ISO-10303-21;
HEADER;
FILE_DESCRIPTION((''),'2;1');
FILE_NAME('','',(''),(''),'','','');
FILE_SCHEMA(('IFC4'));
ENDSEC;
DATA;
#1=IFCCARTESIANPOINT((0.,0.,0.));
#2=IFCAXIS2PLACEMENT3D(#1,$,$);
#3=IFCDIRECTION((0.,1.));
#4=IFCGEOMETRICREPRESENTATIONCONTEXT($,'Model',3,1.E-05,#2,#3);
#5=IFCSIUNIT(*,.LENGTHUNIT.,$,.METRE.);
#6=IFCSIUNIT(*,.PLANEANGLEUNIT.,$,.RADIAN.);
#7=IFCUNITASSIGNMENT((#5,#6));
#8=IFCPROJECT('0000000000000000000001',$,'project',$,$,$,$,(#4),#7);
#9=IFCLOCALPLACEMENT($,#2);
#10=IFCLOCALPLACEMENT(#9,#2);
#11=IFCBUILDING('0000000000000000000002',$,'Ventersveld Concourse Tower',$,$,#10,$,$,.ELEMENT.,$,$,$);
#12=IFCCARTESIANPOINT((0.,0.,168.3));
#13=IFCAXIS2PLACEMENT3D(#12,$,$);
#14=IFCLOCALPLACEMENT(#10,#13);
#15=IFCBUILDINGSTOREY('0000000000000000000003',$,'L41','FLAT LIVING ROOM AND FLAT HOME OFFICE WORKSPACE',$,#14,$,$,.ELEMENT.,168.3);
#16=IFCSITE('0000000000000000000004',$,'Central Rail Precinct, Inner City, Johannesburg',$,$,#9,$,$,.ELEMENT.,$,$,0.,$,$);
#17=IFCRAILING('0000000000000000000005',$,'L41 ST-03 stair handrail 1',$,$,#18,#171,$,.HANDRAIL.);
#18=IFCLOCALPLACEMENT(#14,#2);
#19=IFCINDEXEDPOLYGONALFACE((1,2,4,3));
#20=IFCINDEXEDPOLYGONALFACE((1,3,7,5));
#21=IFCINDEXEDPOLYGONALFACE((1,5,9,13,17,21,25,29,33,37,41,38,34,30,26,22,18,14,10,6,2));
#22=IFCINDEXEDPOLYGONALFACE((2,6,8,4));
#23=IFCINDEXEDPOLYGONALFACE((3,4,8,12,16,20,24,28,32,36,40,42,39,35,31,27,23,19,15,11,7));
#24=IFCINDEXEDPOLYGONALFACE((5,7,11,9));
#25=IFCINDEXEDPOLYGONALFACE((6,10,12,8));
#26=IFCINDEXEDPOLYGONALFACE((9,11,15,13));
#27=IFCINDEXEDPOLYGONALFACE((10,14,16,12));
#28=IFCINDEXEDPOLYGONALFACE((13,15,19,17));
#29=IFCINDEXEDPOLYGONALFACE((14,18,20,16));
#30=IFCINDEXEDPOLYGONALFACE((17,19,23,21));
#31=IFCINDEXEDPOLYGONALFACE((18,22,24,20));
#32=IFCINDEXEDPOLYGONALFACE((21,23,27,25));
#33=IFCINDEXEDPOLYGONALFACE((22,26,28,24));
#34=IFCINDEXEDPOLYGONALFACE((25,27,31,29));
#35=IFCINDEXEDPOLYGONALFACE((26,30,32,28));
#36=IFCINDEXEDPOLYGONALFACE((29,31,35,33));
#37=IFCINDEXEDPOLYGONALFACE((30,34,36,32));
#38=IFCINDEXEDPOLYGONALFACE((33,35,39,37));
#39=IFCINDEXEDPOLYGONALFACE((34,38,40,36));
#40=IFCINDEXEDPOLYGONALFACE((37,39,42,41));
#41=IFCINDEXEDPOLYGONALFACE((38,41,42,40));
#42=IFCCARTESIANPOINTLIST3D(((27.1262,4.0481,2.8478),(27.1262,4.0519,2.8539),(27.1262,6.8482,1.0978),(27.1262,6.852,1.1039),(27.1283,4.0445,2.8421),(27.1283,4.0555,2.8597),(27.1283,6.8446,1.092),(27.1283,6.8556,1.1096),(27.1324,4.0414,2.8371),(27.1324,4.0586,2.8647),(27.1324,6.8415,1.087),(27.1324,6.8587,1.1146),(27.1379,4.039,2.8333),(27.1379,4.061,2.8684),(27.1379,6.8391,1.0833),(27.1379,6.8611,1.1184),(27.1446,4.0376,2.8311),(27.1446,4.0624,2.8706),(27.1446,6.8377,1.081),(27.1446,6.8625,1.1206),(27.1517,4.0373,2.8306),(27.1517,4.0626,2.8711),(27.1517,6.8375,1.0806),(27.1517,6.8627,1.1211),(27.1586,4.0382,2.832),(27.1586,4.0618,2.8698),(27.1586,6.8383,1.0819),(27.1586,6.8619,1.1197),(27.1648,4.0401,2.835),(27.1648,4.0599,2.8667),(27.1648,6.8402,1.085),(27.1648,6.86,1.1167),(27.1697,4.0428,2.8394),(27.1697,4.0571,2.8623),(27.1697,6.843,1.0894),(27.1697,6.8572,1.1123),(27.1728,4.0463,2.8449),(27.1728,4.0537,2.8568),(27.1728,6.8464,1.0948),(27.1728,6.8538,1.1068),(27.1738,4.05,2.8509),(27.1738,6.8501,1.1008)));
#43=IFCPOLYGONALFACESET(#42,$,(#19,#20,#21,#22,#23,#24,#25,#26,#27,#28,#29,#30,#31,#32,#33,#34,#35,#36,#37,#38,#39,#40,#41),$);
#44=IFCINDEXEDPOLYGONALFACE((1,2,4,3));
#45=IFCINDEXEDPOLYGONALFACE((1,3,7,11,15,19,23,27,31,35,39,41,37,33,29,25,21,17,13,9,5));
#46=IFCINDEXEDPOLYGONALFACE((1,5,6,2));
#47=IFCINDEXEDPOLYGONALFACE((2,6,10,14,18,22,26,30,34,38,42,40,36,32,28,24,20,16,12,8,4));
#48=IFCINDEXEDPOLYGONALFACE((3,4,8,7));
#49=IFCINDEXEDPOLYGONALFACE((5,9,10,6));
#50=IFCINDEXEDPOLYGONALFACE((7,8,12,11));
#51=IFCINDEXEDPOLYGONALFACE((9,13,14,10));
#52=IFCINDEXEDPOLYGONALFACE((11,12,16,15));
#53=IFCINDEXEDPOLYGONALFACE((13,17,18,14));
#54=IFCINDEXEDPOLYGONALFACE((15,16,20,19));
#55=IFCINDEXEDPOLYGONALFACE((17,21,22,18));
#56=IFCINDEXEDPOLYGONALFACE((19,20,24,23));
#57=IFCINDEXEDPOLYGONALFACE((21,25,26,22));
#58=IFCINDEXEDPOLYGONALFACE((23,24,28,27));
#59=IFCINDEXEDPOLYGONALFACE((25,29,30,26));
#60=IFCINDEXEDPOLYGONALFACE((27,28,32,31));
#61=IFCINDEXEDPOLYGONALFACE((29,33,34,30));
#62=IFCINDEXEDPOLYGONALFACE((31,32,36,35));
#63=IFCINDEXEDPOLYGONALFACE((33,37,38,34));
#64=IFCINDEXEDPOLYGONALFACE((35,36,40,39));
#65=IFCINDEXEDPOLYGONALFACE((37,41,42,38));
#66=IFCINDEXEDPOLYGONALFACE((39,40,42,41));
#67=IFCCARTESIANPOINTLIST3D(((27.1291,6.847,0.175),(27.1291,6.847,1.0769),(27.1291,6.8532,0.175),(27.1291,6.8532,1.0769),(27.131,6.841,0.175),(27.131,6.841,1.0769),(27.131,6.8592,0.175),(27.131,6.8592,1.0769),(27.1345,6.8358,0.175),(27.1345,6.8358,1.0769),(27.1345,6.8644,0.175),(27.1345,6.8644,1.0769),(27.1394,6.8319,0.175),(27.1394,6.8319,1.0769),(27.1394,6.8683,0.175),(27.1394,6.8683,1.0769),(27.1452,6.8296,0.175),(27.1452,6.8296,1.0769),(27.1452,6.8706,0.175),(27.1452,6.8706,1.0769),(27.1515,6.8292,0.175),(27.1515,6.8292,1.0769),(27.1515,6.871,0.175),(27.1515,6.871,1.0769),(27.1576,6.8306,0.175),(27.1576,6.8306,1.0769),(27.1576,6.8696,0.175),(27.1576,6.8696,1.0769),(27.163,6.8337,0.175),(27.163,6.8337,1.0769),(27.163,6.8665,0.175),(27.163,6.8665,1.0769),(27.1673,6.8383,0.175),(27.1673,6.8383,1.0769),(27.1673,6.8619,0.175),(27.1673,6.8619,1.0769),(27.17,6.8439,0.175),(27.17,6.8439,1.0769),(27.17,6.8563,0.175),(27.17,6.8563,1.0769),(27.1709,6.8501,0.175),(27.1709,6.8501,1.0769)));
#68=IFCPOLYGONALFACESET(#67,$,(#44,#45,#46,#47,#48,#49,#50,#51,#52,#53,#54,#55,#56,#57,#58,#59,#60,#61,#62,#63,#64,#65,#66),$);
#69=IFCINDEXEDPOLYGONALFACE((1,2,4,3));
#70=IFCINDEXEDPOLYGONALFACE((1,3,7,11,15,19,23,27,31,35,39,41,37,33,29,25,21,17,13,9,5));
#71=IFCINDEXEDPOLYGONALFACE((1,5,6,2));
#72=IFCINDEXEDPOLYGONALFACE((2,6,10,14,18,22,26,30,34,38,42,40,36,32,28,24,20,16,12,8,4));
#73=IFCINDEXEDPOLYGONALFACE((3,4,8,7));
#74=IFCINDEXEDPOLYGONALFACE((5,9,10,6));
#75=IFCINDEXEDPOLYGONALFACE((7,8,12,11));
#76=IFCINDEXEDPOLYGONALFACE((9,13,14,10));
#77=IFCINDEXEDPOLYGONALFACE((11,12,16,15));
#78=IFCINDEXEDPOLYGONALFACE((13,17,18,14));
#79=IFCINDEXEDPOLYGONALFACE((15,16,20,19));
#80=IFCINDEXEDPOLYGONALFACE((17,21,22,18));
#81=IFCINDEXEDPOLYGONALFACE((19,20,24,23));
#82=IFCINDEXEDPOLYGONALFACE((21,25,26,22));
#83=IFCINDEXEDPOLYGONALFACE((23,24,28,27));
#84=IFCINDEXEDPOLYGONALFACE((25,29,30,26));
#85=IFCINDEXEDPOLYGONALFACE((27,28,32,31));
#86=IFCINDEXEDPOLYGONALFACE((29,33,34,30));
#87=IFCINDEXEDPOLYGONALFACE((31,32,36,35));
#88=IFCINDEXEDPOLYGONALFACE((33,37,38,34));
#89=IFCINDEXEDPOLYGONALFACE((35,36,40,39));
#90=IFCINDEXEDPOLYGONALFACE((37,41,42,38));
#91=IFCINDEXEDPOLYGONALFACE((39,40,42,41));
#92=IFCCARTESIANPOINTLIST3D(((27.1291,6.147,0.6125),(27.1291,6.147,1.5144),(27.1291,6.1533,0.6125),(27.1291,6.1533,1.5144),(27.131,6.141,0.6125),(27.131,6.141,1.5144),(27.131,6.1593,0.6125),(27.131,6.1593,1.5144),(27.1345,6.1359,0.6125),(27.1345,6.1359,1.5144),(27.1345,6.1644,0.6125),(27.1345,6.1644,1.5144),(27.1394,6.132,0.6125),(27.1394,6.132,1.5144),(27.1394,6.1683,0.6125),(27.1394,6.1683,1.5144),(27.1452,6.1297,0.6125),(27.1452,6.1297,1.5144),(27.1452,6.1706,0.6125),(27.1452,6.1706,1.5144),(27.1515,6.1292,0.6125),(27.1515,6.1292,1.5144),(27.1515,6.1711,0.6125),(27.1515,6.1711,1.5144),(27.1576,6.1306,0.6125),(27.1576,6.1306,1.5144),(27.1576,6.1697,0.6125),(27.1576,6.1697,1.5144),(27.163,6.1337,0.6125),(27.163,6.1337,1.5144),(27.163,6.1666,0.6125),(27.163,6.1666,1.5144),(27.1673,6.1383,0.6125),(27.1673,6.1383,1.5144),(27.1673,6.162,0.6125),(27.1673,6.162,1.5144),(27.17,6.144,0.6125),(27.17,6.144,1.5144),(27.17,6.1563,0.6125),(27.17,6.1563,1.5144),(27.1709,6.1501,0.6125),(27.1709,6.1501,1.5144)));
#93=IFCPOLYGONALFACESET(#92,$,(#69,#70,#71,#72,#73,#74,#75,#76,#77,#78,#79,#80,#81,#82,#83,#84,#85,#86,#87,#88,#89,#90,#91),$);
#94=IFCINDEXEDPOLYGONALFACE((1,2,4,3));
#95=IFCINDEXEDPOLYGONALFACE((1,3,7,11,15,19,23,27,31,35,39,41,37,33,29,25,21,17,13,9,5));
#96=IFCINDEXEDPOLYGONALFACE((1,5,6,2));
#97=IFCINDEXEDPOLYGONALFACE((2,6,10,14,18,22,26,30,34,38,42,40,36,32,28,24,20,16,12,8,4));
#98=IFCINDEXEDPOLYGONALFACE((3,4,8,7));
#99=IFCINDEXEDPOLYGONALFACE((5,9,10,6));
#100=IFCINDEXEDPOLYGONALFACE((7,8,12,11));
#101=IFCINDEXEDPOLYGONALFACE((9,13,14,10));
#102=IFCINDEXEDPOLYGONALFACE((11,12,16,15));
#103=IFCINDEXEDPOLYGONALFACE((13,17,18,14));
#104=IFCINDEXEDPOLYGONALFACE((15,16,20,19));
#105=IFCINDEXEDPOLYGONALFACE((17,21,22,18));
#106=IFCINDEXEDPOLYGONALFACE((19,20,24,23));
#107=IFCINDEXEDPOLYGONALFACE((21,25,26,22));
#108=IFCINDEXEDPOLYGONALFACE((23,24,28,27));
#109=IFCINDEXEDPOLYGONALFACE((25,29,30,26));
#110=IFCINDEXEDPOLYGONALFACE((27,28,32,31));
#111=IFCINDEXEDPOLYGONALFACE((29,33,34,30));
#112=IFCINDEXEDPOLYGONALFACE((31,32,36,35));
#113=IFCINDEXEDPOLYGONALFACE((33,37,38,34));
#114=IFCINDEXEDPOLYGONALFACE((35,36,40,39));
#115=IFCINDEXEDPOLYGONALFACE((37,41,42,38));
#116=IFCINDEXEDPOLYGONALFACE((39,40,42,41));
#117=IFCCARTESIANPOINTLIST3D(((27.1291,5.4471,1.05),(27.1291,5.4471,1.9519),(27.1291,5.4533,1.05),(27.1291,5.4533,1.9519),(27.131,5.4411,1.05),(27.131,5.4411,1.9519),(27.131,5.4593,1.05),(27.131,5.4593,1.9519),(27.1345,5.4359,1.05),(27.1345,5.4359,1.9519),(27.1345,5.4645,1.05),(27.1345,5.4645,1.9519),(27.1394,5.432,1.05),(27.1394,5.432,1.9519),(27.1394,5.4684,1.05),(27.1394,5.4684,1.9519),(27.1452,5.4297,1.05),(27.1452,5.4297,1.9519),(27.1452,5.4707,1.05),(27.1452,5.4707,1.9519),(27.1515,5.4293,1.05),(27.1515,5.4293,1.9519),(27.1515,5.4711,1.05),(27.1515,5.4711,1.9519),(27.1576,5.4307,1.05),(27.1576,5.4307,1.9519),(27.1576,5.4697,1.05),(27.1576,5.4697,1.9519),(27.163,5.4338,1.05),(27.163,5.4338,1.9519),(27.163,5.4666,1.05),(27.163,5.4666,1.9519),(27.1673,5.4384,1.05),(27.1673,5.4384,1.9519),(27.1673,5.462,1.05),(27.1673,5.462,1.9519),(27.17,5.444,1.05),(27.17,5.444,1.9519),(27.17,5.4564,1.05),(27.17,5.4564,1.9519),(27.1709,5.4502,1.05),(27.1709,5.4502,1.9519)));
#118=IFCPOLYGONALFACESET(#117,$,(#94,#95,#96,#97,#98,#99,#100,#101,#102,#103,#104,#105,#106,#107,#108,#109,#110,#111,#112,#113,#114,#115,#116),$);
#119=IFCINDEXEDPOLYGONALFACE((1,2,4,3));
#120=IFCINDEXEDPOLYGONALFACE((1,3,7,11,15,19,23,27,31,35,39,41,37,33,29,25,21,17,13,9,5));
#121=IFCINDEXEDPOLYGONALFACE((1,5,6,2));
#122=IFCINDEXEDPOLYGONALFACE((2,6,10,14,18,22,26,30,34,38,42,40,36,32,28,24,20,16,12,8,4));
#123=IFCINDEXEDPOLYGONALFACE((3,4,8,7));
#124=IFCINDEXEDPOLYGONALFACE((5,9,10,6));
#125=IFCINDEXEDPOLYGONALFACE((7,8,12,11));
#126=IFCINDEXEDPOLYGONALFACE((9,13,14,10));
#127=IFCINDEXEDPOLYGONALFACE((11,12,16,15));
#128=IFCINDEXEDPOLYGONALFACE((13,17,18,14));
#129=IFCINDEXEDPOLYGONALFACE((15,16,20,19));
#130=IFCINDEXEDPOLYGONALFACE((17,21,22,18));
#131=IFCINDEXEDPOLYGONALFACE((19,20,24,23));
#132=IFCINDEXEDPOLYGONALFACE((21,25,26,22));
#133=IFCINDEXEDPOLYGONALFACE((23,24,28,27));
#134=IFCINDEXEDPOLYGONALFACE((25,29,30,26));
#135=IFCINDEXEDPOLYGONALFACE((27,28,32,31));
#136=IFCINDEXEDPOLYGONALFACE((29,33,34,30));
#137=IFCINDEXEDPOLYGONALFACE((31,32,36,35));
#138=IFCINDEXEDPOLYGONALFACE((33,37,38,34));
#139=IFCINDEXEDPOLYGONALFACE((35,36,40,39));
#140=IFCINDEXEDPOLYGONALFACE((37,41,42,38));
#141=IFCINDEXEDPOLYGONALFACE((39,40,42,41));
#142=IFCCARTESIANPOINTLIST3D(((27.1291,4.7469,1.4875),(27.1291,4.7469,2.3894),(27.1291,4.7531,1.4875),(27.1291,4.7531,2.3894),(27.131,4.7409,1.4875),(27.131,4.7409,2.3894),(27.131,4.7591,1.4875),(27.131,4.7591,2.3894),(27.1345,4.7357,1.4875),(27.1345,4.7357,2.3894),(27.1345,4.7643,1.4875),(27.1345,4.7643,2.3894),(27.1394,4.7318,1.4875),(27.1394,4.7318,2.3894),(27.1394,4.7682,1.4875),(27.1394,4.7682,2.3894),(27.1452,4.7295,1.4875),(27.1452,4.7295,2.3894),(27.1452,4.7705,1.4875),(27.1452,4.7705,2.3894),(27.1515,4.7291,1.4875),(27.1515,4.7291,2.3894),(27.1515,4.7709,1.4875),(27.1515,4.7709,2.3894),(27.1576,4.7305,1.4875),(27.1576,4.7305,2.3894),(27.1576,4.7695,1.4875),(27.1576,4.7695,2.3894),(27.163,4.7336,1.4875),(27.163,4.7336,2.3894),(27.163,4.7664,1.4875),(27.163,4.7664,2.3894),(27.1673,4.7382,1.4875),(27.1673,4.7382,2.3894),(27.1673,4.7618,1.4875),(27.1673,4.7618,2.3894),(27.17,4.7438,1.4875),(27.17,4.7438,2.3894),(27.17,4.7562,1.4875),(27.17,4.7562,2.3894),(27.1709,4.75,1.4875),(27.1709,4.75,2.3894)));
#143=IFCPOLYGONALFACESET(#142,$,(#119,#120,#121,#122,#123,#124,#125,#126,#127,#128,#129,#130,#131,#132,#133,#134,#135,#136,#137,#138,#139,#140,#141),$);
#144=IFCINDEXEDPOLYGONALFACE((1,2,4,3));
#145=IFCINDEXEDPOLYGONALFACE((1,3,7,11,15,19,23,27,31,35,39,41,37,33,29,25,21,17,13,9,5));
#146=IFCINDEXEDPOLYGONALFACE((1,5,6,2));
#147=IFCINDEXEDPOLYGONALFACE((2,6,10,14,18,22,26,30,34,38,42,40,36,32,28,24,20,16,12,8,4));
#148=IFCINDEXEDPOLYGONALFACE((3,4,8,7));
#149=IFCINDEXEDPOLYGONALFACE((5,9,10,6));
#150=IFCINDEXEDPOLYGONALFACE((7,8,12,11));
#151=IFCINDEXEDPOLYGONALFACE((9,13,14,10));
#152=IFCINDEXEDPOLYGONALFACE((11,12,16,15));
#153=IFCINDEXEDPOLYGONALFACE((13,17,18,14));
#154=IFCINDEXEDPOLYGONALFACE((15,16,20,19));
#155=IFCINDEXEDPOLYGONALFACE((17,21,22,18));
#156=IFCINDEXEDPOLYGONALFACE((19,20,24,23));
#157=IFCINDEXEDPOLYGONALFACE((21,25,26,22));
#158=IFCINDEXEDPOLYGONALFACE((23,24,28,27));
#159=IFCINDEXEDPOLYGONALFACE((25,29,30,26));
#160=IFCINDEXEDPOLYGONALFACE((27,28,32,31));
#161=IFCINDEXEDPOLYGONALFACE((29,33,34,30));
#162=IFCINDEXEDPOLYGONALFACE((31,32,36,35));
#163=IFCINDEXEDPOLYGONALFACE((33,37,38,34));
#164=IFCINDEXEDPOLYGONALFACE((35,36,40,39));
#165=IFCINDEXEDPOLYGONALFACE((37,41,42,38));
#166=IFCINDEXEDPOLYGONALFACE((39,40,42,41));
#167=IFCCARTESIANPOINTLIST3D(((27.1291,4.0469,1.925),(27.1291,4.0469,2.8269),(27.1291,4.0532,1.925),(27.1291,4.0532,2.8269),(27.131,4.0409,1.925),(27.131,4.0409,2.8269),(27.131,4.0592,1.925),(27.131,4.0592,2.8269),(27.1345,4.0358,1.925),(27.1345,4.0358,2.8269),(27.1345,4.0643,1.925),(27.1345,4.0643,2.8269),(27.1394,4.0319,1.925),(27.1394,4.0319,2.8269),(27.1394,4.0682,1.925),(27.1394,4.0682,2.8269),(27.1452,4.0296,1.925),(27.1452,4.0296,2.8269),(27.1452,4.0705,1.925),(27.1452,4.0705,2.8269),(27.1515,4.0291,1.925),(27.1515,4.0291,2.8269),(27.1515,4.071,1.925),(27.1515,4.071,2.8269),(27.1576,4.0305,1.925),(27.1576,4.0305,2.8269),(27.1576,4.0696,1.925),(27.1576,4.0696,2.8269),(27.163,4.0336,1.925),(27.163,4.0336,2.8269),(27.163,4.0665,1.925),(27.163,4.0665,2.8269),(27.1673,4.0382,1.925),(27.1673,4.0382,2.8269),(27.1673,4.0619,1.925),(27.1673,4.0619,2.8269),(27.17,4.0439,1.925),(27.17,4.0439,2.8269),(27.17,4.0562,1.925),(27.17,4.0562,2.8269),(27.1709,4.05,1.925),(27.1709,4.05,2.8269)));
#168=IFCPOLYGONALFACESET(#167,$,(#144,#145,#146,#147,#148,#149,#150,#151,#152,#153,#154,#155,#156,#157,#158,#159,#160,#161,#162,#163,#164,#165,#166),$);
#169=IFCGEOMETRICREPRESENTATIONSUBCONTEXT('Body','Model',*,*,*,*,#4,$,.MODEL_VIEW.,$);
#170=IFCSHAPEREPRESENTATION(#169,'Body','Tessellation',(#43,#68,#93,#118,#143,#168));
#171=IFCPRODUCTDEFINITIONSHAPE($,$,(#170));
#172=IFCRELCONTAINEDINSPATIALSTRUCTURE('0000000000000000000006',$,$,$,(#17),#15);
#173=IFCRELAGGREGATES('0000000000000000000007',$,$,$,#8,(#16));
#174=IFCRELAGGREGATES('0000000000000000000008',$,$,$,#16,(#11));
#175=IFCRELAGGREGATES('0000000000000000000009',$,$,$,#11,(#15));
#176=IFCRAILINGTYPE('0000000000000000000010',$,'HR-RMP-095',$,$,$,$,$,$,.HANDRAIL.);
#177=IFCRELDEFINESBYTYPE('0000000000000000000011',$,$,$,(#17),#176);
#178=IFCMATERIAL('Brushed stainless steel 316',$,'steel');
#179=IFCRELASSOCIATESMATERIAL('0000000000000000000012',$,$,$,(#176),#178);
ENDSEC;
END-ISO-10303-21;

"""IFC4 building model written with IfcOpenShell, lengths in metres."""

from ifc_helpers import new_model, si_unit, direction, frame, origin, origin_2d, place, context, subcontext, project, spatial, circle, extrude, material, type_object, element, save


model = new_model("IFC4")

# Units and contexts
model_context = context("Model", 3, precision=1e-05, world=origin(), true_north=direction((0.0, 1.0)))
body_context = subcontext(model_context, "Body", "Model", "MODEL_VIEW")
ifc_project = project(units=[si_unit("LENGTHUNIT", "METRE"), si_unit("PLANEANGLEUNIT", "RADIAN")], contexts=[model_context])

# Site, building, storey
site_placement = place(None, origin())
site = spatial("IfcSite", under=ifc_project, at=site_placement, Name="Central Rail Precinct, Inner City, Johannesburg", CompositionType="ELEMENT", RefElevation=0.0)
building_placement = place(site_placement, origin())
building = spatial("IfcBuilding", under=site, at=building_placement, Name="Ventersveld Concourse Tower", CompositionType="ELEMENT")
storey_placement = place(building_placement, frame((0.0, 0.0, 168.3)))
storey = spatial("IfcBuildingStorey", under=building, at=storey_placement, Name="L41", Description="FLAT LIVING ROOM AND FLAT HOME OFFICE WORKSPACE", CompositionType="ELEMENT", Elevation=168.3)

# Shared definitions
ifc_material_1 = material(Name="Brushed stainless steel 316", Category="steel")

# Railing
railing_type_1 = type_object("IfcRailingType", Name="HR-RMP-095", PredefinedType="HANDRAIL", material=ifc_material_1)
railing_1_placement = place(storey_placement, frame((27.1499, 6.8501, 0.175)))
element("IfcRailing", 1, at=railing_1_placement, inside=storey, type_object=railing_type_1, Name="L41 ST-03 stair handrail 1", PredefinedType="HANDRAIL", context=body_context, shape_type="SweptSolid", body=[
    extrude(circle(Radius=0.0239, at=origin_2d()), frame((0.0, 0.0, 0.9258), z_axis=(0.0, -0.848002, 0.529992), x_axis=(1.0, 0.0, 0.0)), (0.0, 0.0, 1.0), 3.302),
    extrude(circle(Radius=0.021, at=origin_2d()), origin(), (0.0, 0.0, 1.0), 0.9019),
    extrude(circle(Radius=0.021, at=origin_2d()), frame((0.0, -0.7, 0.4375)), (0.0, 0.0, 1.0), 0.9019),
    extrude(circle(Radius=0.021, at=origin_2d()), frame((0.0, -1.3999, 0.875)), (0.0, 0.0, 1.0), 0.9019),
    extrude(circle(Radius=0.021, at=origin_2d()), frame((0.0, -2.1001, 1.3125)), (0.0, 0.0, 1.0), 0.9019),
    extrude(circle(Radius=0.021, at=origin_2d()), frame((0.0, -2.8, 1.75)), (0.0, 0.0, 1.0), 0.9019),
])

save(model, "model.ifc")
